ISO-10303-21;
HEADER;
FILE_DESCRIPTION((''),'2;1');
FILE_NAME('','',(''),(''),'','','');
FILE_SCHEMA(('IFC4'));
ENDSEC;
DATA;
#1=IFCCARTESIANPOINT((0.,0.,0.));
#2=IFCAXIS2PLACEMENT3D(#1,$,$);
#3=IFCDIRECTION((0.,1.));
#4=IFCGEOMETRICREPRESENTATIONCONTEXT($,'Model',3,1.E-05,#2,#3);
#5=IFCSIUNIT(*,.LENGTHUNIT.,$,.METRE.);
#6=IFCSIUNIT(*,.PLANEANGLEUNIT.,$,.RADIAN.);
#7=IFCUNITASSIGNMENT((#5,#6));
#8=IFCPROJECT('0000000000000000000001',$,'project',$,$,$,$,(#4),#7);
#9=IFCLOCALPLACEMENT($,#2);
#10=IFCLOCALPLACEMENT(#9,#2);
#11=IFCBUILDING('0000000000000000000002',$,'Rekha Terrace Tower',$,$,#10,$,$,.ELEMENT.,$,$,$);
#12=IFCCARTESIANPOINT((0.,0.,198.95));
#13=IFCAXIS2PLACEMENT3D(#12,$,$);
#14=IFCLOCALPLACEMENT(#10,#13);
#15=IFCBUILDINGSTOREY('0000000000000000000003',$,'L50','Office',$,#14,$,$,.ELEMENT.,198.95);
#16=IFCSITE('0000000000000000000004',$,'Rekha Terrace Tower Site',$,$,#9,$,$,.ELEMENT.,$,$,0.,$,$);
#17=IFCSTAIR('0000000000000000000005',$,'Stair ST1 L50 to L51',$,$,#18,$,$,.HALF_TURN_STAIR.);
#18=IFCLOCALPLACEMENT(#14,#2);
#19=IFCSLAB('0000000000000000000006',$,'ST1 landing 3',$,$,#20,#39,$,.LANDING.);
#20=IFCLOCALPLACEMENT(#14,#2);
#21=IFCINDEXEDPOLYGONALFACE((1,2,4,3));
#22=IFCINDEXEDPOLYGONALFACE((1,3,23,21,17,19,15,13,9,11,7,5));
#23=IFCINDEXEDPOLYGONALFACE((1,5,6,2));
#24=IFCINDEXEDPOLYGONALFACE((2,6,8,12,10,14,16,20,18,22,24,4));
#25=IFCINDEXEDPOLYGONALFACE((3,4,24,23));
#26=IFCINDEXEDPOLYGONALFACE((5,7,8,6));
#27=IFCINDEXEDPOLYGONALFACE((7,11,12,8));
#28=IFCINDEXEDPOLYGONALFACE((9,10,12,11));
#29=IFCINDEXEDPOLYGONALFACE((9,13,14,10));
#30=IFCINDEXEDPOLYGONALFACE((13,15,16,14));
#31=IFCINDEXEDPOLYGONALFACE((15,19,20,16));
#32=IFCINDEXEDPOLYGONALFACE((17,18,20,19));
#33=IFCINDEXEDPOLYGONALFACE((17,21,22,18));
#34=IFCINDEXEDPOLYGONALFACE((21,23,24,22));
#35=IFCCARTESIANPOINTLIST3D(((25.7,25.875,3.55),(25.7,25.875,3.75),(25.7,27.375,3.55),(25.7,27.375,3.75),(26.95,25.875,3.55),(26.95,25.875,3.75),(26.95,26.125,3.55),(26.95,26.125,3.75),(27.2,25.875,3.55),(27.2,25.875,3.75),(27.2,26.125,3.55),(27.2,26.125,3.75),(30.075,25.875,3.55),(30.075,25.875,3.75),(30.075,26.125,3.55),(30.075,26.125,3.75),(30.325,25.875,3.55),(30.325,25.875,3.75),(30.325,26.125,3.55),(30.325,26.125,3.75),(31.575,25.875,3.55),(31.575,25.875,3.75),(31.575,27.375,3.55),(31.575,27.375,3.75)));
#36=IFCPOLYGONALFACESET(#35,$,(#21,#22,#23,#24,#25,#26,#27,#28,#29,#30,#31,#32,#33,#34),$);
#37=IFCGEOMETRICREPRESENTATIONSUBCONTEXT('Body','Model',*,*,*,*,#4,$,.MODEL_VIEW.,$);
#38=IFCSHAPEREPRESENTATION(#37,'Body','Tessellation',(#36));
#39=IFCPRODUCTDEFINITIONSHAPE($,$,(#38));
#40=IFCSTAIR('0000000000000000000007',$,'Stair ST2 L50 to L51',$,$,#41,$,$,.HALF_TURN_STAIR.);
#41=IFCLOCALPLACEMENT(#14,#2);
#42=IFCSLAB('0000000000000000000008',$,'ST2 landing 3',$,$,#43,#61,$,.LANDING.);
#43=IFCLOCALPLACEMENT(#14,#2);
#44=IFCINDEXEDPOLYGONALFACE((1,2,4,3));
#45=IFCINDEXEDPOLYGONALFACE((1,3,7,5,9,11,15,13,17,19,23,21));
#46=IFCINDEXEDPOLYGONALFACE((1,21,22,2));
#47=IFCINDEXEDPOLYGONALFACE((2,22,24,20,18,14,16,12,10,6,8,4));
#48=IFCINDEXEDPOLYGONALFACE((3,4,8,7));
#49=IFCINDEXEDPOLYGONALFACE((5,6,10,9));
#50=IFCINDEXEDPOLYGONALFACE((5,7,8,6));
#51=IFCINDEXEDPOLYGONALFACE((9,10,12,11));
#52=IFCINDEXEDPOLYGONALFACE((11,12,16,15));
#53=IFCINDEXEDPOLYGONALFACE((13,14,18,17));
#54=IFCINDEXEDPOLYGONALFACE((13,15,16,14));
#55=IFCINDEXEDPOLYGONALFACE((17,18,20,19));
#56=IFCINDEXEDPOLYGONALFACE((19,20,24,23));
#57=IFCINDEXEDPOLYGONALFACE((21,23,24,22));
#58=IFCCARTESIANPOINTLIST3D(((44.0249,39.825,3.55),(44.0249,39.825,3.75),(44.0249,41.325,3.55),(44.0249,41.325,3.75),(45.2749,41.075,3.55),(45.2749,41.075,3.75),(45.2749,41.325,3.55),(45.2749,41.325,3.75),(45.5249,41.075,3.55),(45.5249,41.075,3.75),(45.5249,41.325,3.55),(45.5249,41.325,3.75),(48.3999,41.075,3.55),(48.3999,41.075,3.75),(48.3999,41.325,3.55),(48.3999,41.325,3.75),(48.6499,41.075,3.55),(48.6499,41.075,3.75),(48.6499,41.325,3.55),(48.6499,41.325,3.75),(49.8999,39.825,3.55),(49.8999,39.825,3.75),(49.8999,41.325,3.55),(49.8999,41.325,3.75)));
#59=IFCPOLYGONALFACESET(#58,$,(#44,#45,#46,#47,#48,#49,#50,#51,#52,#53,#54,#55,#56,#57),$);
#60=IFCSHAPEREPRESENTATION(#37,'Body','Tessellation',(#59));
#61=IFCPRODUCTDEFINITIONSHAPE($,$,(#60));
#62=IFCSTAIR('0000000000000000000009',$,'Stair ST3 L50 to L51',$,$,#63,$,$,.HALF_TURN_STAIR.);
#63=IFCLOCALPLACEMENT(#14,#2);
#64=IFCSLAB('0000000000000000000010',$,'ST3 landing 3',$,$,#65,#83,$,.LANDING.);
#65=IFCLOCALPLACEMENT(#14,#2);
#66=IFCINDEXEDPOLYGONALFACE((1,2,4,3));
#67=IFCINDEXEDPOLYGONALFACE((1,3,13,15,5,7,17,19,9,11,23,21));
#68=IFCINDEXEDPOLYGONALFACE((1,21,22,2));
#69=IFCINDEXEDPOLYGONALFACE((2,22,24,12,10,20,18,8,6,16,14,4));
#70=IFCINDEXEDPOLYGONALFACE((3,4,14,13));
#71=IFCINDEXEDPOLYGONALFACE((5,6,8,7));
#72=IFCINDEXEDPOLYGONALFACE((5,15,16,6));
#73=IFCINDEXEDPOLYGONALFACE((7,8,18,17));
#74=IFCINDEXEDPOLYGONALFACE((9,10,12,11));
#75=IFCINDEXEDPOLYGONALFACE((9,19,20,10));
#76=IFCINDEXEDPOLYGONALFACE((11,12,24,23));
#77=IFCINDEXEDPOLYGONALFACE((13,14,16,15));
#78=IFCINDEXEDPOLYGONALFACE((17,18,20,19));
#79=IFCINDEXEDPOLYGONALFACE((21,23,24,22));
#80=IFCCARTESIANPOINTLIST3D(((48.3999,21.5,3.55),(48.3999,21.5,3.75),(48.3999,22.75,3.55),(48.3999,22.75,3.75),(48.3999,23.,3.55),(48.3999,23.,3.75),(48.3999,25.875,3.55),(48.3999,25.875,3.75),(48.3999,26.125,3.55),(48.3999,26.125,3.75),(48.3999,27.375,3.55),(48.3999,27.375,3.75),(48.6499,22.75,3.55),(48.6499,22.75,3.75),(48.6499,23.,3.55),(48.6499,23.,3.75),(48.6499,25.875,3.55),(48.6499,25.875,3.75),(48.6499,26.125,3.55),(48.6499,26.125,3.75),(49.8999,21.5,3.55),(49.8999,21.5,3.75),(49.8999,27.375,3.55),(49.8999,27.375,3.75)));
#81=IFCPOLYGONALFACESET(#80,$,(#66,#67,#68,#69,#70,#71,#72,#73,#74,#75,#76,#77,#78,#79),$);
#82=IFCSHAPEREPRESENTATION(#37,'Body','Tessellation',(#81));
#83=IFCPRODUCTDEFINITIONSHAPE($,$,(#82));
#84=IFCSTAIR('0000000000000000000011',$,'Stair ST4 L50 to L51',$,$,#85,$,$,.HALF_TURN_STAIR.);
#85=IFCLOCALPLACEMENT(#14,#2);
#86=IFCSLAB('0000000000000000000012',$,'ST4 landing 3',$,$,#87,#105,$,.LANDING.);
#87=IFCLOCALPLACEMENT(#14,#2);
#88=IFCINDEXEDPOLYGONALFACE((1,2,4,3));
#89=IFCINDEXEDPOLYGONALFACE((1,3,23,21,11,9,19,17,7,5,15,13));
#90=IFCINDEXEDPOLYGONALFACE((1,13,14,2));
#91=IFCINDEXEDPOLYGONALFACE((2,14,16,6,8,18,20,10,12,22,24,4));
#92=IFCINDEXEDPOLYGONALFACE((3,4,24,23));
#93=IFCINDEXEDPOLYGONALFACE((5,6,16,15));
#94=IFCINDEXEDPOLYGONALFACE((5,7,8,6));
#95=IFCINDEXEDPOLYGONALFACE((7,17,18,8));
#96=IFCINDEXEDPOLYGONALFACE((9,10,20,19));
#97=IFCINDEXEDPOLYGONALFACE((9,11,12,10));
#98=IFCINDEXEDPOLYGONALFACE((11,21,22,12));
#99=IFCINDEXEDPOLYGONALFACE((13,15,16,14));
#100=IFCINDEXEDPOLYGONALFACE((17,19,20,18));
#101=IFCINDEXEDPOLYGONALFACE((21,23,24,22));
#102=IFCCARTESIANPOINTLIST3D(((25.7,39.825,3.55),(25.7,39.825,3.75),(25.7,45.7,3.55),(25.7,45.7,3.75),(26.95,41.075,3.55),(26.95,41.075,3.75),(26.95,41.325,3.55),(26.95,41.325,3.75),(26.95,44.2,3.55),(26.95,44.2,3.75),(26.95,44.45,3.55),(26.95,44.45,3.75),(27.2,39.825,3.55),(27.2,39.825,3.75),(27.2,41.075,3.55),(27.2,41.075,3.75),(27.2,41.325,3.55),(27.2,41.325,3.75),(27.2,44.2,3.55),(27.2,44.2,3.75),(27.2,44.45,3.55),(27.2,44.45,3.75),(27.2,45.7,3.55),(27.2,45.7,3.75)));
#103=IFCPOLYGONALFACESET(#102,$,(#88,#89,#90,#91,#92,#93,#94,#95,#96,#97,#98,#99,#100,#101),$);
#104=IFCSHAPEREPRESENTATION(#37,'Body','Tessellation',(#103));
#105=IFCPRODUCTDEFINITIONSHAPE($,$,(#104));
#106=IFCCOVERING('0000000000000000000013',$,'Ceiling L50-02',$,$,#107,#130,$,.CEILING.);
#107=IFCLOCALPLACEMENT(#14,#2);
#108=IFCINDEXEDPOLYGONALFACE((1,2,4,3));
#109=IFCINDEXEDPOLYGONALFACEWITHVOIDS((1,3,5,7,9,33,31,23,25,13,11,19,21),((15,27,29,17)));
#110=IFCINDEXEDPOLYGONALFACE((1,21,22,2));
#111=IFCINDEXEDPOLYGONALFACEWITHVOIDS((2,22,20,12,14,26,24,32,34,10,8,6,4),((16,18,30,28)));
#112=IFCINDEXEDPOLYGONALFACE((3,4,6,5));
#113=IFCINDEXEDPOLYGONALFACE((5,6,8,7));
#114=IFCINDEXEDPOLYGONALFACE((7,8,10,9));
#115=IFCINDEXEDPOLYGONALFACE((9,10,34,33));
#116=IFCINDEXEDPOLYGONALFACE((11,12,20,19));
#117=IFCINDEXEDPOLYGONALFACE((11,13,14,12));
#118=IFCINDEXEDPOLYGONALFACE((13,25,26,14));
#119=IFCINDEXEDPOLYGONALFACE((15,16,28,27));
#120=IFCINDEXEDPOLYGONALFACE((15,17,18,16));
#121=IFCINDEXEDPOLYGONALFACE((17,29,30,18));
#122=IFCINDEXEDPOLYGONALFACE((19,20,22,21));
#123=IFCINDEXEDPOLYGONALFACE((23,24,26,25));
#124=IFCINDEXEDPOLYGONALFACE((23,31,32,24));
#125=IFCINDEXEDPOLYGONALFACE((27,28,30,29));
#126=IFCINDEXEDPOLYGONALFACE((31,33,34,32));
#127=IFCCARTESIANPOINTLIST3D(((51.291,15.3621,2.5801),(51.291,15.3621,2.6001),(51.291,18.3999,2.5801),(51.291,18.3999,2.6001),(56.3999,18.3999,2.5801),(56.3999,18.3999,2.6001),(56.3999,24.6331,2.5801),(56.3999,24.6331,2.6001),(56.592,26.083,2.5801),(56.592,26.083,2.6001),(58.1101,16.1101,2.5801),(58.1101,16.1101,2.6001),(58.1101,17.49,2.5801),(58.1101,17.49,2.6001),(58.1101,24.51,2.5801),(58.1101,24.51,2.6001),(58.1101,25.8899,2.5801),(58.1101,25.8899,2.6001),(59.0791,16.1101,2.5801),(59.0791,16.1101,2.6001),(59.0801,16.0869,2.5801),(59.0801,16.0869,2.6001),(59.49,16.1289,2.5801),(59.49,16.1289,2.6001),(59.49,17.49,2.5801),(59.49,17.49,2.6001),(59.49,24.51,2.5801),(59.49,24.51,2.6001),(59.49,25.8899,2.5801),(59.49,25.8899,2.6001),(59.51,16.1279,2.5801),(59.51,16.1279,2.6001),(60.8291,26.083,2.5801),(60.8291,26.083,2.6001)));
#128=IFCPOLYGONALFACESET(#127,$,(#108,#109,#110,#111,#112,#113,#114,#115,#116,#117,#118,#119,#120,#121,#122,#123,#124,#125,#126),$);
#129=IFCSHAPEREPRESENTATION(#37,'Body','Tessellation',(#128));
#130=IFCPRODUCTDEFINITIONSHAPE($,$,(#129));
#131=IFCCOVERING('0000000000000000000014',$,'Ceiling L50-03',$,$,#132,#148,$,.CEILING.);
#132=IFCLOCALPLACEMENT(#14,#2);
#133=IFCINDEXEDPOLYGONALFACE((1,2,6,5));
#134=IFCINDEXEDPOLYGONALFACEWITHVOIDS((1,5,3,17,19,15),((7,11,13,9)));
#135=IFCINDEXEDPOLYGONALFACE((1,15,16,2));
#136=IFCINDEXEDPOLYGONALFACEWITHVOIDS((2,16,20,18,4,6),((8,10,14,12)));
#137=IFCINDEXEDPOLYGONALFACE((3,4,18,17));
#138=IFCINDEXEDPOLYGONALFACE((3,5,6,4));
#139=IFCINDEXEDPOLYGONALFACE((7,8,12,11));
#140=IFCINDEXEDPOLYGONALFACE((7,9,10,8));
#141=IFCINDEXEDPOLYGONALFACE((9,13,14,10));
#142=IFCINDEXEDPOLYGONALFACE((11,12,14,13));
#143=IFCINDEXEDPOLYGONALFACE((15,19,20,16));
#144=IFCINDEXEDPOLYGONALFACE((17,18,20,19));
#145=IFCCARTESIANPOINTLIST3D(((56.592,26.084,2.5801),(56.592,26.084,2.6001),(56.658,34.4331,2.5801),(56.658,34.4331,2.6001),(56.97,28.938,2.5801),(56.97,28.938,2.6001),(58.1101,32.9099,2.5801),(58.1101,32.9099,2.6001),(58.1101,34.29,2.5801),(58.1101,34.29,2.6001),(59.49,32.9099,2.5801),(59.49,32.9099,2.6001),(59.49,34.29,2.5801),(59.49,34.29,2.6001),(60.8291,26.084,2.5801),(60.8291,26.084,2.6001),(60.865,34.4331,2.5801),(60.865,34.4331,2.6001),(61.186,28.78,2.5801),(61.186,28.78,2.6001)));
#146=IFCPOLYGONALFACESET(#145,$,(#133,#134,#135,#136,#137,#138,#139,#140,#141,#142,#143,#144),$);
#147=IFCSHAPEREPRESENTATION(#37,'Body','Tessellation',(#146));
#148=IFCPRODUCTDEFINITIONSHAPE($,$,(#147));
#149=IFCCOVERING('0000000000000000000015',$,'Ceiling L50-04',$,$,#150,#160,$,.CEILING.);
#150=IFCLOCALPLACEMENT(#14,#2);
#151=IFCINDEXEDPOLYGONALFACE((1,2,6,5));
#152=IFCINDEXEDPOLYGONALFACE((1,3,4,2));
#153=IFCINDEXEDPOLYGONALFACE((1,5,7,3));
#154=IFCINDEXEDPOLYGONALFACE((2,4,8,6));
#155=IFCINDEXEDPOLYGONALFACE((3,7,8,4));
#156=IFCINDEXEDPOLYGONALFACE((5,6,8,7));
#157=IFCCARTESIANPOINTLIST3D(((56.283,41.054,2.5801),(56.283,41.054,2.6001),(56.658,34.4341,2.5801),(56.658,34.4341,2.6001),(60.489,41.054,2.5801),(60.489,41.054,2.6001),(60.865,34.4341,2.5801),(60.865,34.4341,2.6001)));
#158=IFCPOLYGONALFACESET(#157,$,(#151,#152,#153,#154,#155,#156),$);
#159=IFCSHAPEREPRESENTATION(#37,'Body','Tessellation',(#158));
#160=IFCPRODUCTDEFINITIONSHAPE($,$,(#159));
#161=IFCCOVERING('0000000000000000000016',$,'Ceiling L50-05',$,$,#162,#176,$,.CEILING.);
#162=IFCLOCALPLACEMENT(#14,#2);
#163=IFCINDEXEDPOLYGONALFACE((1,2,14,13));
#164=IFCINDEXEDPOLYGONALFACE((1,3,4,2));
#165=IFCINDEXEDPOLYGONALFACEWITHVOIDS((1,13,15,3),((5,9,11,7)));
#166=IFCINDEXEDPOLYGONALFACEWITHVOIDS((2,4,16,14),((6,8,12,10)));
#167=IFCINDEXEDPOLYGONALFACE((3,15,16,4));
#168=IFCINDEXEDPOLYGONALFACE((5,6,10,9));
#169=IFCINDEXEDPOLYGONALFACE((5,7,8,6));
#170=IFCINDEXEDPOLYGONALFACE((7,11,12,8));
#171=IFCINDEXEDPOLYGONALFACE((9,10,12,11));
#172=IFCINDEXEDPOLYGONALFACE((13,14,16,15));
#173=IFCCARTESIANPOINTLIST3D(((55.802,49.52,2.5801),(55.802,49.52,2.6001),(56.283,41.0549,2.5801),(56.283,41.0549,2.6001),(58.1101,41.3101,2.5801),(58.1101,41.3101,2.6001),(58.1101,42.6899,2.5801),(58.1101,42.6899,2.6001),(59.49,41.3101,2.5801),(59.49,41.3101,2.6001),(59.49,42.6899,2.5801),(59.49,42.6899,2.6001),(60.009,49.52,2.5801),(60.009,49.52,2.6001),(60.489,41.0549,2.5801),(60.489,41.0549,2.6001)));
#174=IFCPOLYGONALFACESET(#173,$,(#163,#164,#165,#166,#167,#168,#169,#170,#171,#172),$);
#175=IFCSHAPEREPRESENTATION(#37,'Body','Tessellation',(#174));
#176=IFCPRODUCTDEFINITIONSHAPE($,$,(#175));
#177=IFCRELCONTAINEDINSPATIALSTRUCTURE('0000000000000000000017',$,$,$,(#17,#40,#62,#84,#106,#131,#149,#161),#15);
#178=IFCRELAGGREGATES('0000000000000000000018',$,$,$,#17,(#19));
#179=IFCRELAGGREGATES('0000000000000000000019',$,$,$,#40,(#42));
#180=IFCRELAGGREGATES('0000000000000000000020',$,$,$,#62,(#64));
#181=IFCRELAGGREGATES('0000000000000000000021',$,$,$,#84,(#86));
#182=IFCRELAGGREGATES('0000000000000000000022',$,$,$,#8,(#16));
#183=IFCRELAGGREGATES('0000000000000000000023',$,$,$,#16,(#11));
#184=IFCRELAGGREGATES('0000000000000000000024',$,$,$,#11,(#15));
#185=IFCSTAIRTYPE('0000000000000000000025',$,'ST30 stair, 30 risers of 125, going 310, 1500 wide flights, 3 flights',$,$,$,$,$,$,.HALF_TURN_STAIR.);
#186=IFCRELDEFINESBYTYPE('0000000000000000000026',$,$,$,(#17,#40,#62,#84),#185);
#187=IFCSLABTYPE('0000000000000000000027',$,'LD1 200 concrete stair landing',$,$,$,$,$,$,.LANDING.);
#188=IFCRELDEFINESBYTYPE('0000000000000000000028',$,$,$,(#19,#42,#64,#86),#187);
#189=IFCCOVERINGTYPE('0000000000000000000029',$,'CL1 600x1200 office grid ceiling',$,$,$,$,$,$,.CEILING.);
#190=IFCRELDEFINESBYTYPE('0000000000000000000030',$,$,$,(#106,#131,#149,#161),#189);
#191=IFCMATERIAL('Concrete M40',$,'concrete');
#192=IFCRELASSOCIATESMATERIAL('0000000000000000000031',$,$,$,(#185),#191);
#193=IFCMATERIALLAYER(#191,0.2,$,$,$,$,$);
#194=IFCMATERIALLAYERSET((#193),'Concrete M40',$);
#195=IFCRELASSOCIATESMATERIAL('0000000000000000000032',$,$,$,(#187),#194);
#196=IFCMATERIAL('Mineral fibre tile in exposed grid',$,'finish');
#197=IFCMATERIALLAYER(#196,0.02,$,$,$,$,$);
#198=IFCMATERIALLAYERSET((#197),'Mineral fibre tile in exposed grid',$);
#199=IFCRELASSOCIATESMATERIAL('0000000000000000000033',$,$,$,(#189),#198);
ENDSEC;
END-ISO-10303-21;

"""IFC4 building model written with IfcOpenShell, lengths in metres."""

from ifc_helpers import new_model, si_unit, direction, frame, origin, place, context, subcontext, project, spatial, polyline, outline, extrude, material, layer, layer_set, type_object, element, aggregate, save


model = new_model("IFC4")

# Units and contexts
model_context = context("Model", 3, precision=1e-05, world=origin(), true_north=direction((0.0, 1.0)))
body_context = subcontext(model_context, "Body", "Model", "MODEL_VIEW")
ifc_project = project(units=[si_unit("LENGTHUNIT", "METRE"), si_unit("PLANEANGLEUNIT", "RADIAN")], contexts=[model_context])

# Site, building, storey
site_placement = place(None, origin())
site = spatial("IfcSite", under=ifc_project, at=site_placement, Name="Rekha Terrace Tower Site", CompositionType="ELEMENT", RefElevation=0.0)
building_placement = place(site_placement, origin())
building = spatial("IfcBuilding", under=site, at=building_placement, Name="Rekha Terrace Tower", CompositionType="ELEMENT")
storey_placement = place(building_placement, frame((0.0, 0.0, 198.95)))
storey = spatial("IfcBuildingStorey", under=building, at=storey_placement, Name="L50", Description="Office", CompositionType="ELEMENT", Elevation=198.95)

# Stairs, slabs
ifc_material_1 = material(Name="Concrete M40", Category="concrete")
stair_type = type_object("IfcStairType", Name="ST30 stair, 30 risers of 125, going 310, 1500 wide flights, 3 flights", PredefinedType="HALF_TURN_STAIR", material=ifc_material_1)
stair_1_placement = place(storey_placement, origin())
stair_1 = element("IfcStair", 1, at=stair_1_placement, inside=storey, type_object=stair_type, Name="Stair ST1 L50 to L51", PredefinedType="HALF_TURN_STAIR")
ifc_layer_1 = layer(ifc_material_1, 0.2)
ifc_layer_set_1 = layer_set([ifc_layer_1], Name="Concrete M40")
slab_type = type_object("IfcSlabType", Name="LD1 200 concrete stair landing", PredefinedType="LANDING", material=ifc_layer_set_1)
slab_1_placement = place(storey_placement, frame((0.0, 0.0, 3.55)))
slab_1 = element("IfcSlab", 2, at=slab_1_placement, type_object=slab_type, Name="ST1 landing 3", PredefinedType="LANDING", context=body_context, shape_type="SweptSolid", body=[
    extrude(outline(polyline([(31.575, 25.875), (31.575, 27.375), (25.7, 27.375), (25.7, 25.875), (26.95, 25.875), (26.95, 26.125), (27.2, 26.125), (27.2, 25.875), (30.075, 25.875), (30.075, 26.125), (30.325, 26.125), (30.325, 25.875), (31.575, 25.875)])), origin(), (0.0, 0.0, 1.0), 0.2),
])
aggregate(stair_1, [slab_1])
stair_2_placement = place(storey_placement, origin())
stair_2 = element("IfcStair", 3, at=stair_2_placement, inside=storey, type_object=stair_type, Name="Stair ST2 L50 to L51", PredefinedType="HALF_TURN_STAIR")
slab_2_placement = place(storey_placement, frame((0.0, 0.0, 3.55)))
slab_2 = element("IfcSlab", 4, at=slab_2_placement, type_object=slab_type, Name="ST2 landing 3", PredefinedType="LANDING", context=body_context, shape_type="SweptSolid", body=[
    extrude(outline(polyline([(44.0249, 41.325), (44.0249, 39.825), (49.8999, 39.825), (49.8999, 41.325), (48.6499, 41.325), (48.6499, 41.075), (48.3999, 41.075), (48.3999, 41.325), (45.5249, 41.325), (45.5249, 41.075), (45.2749, 41.075), (45.2749, 41.325), (44.0249, 41.325)])), origin(), (0.0, 0.0, 1.0), 0.2),
])
aggregate(stair_2, [slab_2])
stair_3_placement = place(storey_placement, origin())
stair_3 = element("IfcStair", 5, at=stair_3_placement, inside=storey, type_object=stair_type, Name="Stair ST3 L50 to L51", PredefinedType="HALF_TURN_STAIR")
slab_3_placement = place(storey_placement, frame((0.0, 0.0, 3.55)))
slab_3 = element("IfcSlab", 6, at=slab_3_placement, type_object=slab_type, Name="ST3 landing 3", PredefinedType="LANDING", context=body_context, shape_type="SweptSolid", body=[
    extrude(outline(polyline([(48.3999, 21.5), (49.8999, 21.5), (49.8999, 27.375), (48.3999, 27.375), (48.3999, 26.125), (48.6499, 26.125), (48.6499, 25.875), (48.3999, 25.875), (48.3999, 23.0), (48.6499, 23.0), (48.6499, 22.75), (48.3999, 22.75), (48.3999, 21.5)])), origin(), (0.0, 0.0, 1.0), 0.2),
])
aggregate(stair_3, [slab_3])
stair_4_placement = place(storey_placement, origin())
stair_4 = element("IfcStair", 7, at=stair_4_placement, inside=storey, type_object=stair_type, Name="Stair ST4 L50 to L51", PredefinedType="HALF_TURN_STAIR")
slab_4_placement = place(storey_placement, frame((0.0, 0.0, 3.55)))
slab_4 = element("IfcSlab", 8, at=slab_4_placement, type_object=slab_type, Name="ST4 landing 3", PredefinedType="LANDING", context=body_context, shape_type="SweptSolid", body=[
    extrude(outline(polyline([(27.2, 39.825), (25.7, 39.825), (25.7, 45.7), (27.2, 45.7), (27.2, 44.45), (26.95, 44.45), (26.95, 44.2), (27.2, 44.2), (27.2, 41.325), (26.95, 41.325), (26.95, 41.075), (27.2, 41.075), (27.2, 39.825)])), origin(), (0.0, 0.0, 1.0), 0.2),
])
aggregate(stair_4, [slab_4])

# Coverings
ifc_material_2 = material(Name="Mineral fibre tile in exposed grid", Category="finish")
ifc_layer_2 = layer(ifc_material_2, 0.02)
ifc_layer_set_2 = layer_set([ifc_layer_2], Name="Mineral fibre tile in exposed grid")
covering_type_1 = type_object("IfcCoveringType", Name="CL1 600x1200 office grid ceiling", PredefinedType="CEILING", material=ifc_layer_set_2)
covering_1_placement = place(storey_placement, frame((0.0, 0.0, 2.5801)))
element("IfcCovering", 9, at=covering_1_placement, inside=storey, type_object=covering_type_1, Name="Ceiling L50-02", PredefinedType="CEILING", context=body_context, shape_type="SweptSolid", body=[
    extrude(outline(polyline([(56.3999, 18.3999), (51.291, 18.3999), (51.291, 15.3621), (59.0801, 16.0869), (59.0791, 16.1101), (58.1101, 16.1101), (58.1101, 17.49), (59.49, 17.49), (59.49, 16.1289), (59.51, 16.1279), (60.8291, 26.083), (56.592, 26.083), (56.3999, 24.6331), (56.3999, 18.3999)]), holes=[polyline([(59.49, 24.51), (58.1101, 24.51), (58.1101, 25.8899), (59.49, 25.8899), (59.49, 24.51)])]), origin(), (0.0, 0.0, 1.0), 0.02),
])
covering_2_placement = place(storey_placement, frame((0.0, 0.0, 2.5801)))
element("IfcCovering", 10, at=covering_2_placement, inside=storey, type_object=covering_type_1, Name="Ceiling L50-03", PredefinedType="CEILING", context=body_context, shape_type="SweptSolid", body=[
    extrude(outline(polyline([(56.658, 34.4331), (56.97, 28.938), (56.592, 26.084), (60.8291, 26.084), (61.186, 28.78), (60.865, 34.4331), (56.658, 34.4331)]), holes=[polyline([(59.49, 34.29), (59.49, 32.9099), (58.1101, 32.9099), (58.1101, 34.29), (59.49, 34.29)])]), origin(), (0.0, 0.0, 1.0), 0.02),
])
covering_3_placement = place(storey_placement, frame((0.0, 0.0, 2.5801)))
element("IfcCovering", 11, at=covering_3_placement, inside=storey, type_object=covering_type_1, Name="Ceiling L50-04", PredefinedType="CEILING", context=body_context, shape_type="SweptSolid", body=[
    extrude(outline(polyline([(56.658, 34.4341), (60.865, 34.4341), (60.489, 41.054), (56.283, 41.054), (56.658, 34.4341)])), origin(), (0.0, 0.0, 1.0), 0.02),
])
covering_4_placement = place(storey_placement, frame((0.0, 0.0, 2.5801)))
element("IfcCovering", 12, at=covering_4_placement, inside=storey, type_object=covering_type_1, Name="Ceiling L50-05", PredefinedType="CEILING", context=body_context, shape_type="SweptSolid", body=[
    extrude(outline(polyline([(56.283, 41.0549), (60.489, 41.0549), (60.009, 49.52), (55.802, 49.52), (56.283, 41.0549)]), holes=[polyline([(59.49, 41.3101), (58.1101, 41.3101), (58.1101, 42.6899), (59.49, 42.6899), (59.49, 41.3101)])]), origin(), (0.0, 0.0, 1.0), 0.02),
])

save(model, "model.ifc")
